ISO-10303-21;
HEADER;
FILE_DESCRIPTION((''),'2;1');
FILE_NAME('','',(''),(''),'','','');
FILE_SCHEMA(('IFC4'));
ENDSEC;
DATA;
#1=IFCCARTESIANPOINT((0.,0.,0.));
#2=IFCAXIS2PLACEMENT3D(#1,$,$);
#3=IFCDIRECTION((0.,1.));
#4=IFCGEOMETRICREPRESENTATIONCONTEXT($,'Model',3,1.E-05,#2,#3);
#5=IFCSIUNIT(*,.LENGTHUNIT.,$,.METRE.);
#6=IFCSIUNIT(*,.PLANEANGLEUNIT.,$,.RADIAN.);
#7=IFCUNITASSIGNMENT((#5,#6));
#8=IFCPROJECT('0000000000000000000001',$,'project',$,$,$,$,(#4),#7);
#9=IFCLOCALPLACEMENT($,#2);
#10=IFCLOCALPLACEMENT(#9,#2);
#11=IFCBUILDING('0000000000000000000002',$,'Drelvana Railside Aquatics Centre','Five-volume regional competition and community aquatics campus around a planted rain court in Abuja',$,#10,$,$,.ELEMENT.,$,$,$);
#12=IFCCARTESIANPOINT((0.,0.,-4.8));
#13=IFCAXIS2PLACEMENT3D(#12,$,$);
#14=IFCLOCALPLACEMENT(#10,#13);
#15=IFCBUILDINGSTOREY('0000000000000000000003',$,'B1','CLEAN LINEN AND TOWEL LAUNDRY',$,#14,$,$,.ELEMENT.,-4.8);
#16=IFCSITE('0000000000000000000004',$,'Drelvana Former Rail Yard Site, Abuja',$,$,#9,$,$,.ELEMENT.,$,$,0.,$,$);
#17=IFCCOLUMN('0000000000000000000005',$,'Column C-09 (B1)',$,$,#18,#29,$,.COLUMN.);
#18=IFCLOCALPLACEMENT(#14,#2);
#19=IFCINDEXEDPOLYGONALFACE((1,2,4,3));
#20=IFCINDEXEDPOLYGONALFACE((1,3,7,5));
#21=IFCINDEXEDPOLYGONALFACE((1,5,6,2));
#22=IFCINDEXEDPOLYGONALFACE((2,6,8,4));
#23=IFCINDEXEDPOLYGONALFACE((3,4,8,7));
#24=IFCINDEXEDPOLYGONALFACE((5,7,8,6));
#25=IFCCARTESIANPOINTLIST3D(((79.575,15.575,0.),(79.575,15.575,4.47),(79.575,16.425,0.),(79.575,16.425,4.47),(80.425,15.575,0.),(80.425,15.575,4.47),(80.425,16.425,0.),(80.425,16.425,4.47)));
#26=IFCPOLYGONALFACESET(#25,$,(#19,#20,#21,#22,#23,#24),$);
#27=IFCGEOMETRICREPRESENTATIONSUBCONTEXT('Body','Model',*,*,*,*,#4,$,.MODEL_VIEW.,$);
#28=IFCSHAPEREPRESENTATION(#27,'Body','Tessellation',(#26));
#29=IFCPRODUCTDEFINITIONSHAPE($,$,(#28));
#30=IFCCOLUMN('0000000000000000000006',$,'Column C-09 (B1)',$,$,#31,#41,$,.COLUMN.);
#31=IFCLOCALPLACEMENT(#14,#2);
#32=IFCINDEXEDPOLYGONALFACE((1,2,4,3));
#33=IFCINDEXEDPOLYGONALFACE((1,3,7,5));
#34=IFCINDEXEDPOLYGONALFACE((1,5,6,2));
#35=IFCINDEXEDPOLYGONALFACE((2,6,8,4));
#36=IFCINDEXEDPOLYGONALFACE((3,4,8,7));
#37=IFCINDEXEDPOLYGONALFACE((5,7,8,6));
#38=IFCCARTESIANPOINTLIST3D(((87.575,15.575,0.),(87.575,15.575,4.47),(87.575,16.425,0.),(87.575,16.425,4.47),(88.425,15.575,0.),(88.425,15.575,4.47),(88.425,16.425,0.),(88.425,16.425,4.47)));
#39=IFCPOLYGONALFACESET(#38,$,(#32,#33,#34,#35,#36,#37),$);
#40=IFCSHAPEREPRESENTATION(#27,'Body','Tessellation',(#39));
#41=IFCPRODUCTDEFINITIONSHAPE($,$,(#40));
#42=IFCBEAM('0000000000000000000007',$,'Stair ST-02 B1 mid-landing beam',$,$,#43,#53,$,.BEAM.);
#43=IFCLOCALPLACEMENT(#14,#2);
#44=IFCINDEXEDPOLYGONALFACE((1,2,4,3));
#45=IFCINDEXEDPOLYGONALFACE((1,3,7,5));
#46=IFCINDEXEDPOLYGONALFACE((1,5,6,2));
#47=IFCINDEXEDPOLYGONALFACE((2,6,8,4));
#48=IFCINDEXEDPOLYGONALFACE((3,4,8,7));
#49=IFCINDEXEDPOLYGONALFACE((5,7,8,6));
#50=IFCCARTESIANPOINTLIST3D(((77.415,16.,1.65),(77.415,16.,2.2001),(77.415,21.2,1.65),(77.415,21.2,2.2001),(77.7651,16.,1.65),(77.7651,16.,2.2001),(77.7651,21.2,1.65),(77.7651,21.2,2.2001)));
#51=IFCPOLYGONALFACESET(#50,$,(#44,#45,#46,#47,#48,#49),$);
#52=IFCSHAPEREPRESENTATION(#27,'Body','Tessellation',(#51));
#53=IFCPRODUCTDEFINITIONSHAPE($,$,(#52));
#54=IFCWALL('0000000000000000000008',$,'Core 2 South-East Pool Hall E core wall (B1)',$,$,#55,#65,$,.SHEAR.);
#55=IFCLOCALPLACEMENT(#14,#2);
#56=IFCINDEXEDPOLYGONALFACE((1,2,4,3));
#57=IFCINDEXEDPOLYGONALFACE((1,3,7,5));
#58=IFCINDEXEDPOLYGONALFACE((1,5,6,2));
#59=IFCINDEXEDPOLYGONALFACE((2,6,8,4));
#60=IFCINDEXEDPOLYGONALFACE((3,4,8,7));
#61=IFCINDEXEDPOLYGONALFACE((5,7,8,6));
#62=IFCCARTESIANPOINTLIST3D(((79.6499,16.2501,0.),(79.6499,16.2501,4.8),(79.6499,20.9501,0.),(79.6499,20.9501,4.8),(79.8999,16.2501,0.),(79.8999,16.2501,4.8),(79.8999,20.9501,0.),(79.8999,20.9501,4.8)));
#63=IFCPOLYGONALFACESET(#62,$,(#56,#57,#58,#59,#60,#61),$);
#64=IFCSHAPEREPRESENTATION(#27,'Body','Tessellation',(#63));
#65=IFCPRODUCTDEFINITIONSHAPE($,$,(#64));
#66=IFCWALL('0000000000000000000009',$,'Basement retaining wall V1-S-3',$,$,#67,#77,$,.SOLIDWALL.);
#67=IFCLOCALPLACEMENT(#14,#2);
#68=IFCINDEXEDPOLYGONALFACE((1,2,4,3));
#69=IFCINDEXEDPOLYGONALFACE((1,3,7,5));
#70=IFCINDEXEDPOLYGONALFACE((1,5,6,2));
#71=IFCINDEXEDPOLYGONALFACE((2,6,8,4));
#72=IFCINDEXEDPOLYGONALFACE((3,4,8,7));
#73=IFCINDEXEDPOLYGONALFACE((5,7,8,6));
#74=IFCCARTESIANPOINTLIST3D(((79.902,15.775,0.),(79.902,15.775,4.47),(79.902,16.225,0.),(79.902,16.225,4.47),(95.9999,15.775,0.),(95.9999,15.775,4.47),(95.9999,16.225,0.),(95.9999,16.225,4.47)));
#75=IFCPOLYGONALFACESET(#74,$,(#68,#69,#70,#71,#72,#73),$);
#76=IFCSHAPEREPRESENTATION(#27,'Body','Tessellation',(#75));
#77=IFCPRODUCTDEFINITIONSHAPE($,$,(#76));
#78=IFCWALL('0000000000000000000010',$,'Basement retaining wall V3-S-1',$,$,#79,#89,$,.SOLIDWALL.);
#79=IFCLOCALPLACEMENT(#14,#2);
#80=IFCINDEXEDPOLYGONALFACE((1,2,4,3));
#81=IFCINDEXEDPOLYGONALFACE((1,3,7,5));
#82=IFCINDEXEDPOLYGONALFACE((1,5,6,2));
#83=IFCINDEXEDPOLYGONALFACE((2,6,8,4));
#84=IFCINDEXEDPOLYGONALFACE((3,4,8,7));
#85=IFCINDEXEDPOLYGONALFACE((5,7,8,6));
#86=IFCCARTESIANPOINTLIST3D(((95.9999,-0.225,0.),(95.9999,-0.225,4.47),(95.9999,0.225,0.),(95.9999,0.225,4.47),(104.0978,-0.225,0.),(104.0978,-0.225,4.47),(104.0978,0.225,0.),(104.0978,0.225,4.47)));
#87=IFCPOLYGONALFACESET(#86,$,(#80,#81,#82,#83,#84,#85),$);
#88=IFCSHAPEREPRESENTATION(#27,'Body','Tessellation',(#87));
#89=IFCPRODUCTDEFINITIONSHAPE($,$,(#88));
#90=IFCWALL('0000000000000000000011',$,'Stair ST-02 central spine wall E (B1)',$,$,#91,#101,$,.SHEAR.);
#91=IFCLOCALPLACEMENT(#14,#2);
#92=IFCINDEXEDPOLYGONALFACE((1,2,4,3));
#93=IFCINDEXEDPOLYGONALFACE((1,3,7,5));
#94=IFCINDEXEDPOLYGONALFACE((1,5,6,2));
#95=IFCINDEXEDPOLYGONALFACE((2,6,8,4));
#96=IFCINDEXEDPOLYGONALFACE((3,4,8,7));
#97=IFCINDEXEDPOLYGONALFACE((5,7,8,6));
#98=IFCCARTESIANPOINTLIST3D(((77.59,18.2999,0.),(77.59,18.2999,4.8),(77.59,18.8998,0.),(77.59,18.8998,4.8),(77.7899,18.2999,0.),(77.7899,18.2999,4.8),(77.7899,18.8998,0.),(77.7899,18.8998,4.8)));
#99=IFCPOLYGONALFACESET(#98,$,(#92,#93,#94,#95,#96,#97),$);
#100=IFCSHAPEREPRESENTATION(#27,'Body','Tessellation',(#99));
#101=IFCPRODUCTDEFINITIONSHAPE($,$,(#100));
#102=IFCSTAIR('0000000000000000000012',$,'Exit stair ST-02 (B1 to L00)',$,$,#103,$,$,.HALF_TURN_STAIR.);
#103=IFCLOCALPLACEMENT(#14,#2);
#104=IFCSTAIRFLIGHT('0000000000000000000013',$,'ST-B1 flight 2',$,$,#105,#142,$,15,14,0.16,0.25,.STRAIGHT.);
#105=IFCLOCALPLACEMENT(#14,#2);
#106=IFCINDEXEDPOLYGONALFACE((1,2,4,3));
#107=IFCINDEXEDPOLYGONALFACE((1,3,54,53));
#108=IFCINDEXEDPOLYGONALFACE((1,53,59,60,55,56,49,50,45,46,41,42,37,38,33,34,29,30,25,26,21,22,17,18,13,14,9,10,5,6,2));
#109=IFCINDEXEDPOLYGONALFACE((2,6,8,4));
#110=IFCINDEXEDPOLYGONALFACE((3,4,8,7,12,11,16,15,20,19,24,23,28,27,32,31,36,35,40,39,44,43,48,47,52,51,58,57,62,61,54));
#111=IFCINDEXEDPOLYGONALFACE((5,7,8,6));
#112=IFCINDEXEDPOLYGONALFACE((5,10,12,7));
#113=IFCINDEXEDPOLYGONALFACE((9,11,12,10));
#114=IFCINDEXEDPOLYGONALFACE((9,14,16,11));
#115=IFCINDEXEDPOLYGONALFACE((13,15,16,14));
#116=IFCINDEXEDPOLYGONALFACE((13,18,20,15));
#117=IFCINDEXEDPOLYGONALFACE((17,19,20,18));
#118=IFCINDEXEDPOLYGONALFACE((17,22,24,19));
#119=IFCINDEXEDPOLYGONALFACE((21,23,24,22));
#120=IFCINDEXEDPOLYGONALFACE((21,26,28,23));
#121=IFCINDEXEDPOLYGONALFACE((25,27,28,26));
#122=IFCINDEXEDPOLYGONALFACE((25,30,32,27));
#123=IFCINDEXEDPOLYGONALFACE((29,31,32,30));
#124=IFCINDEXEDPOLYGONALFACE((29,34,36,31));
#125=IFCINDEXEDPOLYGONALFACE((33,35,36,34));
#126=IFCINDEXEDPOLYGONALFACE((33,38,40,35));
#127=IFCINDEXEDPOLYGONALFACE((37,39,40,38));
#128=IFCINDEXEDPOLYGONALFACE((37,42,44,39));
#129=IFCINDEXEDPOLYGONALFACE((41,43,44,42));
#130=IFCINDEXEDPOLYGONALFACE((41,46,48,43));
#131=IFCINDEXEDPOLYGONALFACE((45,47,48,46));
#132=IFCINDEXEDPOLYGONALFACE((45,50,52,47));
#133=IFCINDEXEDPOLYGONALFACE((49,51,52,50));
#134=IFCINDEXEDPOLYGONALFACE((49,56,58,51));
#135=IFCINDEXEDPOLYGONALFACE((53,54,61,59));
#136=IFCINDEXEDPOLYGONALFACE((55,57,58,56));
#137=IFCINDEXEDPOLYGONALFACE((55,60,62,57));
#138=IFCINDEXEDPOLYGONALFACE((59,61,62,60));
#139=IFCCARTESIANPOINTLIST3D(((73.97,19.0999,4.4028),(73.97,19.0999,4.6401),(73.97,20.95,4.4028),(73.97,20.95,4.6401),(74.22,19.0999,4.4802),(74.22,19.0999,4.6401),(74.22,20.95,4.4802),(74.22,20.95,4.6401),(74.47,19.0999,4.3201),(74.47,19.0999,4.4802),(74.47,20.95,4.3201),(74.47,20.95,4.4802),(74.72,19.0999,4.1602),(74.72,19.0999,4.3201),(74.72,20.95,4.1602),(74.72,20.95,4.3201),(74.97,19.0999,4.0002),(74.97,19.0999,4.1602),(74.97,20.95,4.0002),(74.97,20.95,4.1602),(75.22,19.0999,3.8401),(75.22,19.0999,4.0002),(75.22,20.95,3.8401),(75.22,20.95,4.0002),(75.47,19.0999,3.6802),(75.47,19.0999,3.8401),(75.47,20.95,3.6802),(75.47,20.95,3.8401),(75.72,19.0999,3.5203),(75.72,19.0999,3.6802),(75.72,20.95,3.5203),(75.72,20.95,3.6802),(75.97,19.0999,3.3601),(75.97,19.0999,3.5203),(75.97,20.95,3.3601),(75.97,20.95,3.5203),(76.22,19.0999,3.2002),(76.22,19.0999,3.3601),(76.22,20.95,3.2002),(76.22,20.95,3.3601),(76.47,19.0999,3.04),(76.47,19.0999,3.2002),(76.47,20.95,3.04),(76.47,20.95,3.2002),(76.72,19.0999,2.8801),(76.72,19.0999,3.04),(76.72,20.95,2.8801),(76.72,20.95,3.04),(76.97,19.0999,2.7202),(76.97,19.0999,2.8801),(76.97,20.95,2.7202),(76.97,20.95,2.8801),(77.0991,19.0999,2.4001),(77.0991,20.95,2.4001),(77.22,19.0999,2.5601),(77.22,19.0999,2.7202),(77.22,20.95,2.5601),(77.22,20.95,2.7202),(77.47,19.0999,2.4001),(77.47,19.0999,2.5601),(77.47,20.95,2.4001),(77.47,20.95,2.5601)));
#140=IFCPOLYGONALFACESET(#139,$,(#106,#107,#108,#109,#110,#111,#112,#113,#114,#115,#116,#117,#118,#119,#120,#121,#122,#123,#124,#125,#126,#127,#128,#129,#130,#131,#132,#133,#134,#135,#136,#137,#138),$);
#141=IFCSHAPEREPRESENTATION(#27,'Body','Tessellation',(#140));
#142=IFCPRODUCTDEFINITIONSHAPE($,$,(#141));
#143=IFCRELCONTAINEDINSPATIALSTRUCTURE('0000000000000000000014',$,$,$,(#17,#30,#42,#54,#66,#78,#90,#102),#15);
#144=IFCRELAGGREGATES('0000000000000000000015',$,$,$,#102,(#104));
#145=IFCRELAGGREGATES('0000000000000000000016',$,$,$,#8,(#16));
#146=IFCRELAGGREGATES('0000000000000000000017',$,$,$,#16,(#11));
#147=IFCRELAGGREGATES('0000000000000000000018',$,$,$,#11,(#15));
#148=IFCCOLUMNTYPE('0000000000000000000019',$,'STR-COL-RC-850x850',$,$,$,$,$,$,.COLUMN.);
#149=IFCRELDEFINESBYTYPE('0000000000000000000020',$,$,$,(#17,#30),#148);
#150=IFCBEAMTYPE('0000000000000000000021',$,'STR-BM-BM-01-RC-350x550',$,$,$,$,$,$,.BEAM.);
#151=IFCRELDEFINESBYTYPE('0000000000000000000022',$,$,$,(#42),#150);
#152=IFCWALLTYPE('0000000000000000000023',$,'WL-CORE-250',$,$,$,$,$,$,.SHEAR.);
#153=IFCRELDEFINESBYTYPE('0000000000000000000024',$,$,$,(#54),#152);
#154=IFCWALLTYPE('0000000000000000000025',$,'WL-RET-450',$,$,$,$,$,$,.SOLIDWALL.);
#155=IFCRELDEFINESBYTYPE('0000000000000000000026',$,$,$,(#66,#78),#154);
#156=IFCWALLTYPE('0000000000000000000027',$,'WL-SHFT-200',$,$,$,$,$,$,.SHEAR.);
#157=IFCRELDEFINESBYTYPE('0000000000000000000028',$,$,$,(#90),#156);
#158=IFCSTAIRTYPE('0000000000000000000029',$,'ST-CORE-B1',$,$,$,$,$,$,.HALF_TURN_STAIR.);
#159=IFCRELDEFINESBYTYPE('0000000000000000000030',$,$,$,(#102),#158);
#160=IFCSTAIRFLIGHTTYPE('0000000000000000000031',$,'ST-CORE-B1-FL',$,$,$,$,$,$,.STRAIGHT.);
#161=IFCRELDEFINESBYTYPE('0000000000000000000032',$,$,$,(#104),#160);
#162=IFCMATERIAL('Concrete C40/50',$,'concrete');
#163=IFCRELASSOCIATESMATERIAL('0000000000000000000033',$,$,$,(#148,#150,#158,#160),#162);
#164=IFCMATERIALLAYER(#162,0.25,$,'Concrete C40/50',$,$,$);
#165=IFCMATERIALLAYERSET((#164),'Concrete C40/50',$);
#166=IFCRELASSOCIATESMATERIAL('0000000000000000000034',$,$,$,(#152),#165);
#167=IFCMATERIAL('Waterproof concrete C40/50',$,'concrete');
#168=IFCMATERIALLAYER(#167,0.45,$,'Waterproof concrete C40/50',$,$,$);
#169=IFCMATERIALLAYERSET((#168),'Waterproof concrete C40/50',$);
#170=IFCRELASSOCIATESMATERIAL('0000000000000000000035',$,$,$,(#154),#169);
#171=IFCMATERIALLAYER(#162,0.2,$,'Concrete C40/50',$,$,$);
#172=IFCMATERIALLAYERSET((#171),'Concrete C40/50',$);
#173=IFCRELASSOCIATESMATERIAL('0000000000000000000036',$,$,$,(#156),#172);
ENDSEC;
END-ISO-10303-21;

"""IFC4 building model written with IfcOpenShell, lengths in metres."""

from ifc_helpers import new_model, si_unit, direction, frame, frame_2d, origin, origin_2d, place, context, subcontext, project, spatial, polyline, rectangle, outline, extrude, material, layer, layer_set, material_profile, profile_set, type_object, element, aggregate, save


model = new_model("IFC4")

# Units and contexts
model_context = context("Model", 3, precision=1e-05, world=origin(), true_north=direction((0.0, 1.0)))
body_context = subcontext(model_context, "Body", "Model", "MODEL_VIEW")
ifc_project = project(units=[si_unit("LENGTHUNIT", "METRE"), si_unit("PLANEANGLEUNIT", "RADIAN")], contexts=[model_context])

# Site, building, storey
site_placement = place(None, origin())
site = spatial("IfcSite", under=ifc_project, at=site_placement, Name="Drelvana Former Rail Yard Site, Abuja", CompositionType="ELEMENT", RefElevation=0.0)
building_placement = place(site_placement, origin())
building = spatial("IfcBuilding", under=site, at=building_placement, Name="Drelvana Railside Aquatics Centre", Description="Five-volume regional competition and community aquatics campus around a planted rain court in Abuja", CompositionType="ELEMENT")
storey_placement = place(building_placement, frame((0.0, 0.0, -4.8)))
storey = spatial("IfcBuildingStorey", under=building, at=storey_placement, Name="B1", Description="CLEAN LINEN AND TOWEL LAUNDRY", CompositionType="ELEMENT", Elevation=-4.8)

# Columns
ifc_material_1 = material(Name="Concrete C40/50", Category="concrete")
ifc_material_profile_1 = material_profile(ifc_material_1, rectangle(XDim=0.8501, YDim=0.8501, at=origin_2d()), Name="RC 850x850")
ifc_profile_set_1 = profile_set([ifc_material_profile_1], Name="Concrete C40/50")
column_type_1 = type_object("IfcColumnType", Name="STR-COL-RC-850x850", PredefinedType="COLUMN", material=ifc_profile_set_1)
for number, where, z_axis, x_axis, name in (
    (1, (80.0, 16.0, 0.0), (0.0, 0.0, 1.0), (1.0, 0.0, 0.0), "Column C-09 (B1)"),
    (2, (88.0, 16.0, 0.0), (0.0, 0.0, 1.0), (1.0, 0.0, 0.0), "Column C-09 (B1)"),
):
    element("IfcColumn", number, at=place(storey_placement, frame(where, z_axis=z_axis, x_axis=x_axis)), inside=storey, type_object=column_type_1, Name=name, PredefinedType="COLUMN", context=body_context, shape_type="SweptSolid", body=[
        extrude(rectangle(XDim=0.8501, YDim=0.8501, at=origin_2d()), origin(), (0.0, 0.0, 1.0), 4.47),
    ])

# Beam
ifc_material_profile_2 = material_profile(ifc_material_1, rectangle(XDim=0.3501, YDim=0.55, at=origin_2d()), Name="RC 350x550")
ifc_profile_set_2 = profile_set([ifc_material_profile_2], Name="Concrete C40/50")
beam_type = type_object("IfcBeamType", Name="STR-BM-BM-01-RC-350x550", PredefinedType="BEAM", material=ifc_profile_set_2)
beam_placement = place(storey_placement, frame((77.5901, 16.0, 1.925), z_axis=(0.0, 1.0, 0.0), x_axis=(-1.0, 0.0, 0.0)))
element("IfcBeam", 3, at=beam_placement, inside=storey, type_object=beam_type, Name="Stair ST-02 B1 mid-landing beam", PredefinedType="BEAM", context=body_context, shape_type="SweptSolid", body=[
    extrude(rectangle(XDim=0.3501, YDim=0.55, at=origin_2d()), origin(), (0.0, 0.0, 1.0), 5.2),
])

# Walls
ifc_layer_1 = layer(ifc_material_1, 0.25, Name="Concrete C40/50")
ifc_layer_set_1 = layer_set([ifc_layer_1], Name="Concrete C40/50")
wall_type_1 = type_object("IfcWallType", Name="WL-CORE-250", PredefinedType="SHEAR", material=ifc_layer_set_1)
wall_1_placement = place(storey_placement, frame((79.7749, 16.25, 0.0), z_axis=(0.0, 0.0, 1.0), x_axis=(0.0, 1.0, 0.0)))
element("IfcWall", 4, at=wall_1_placement, inside=storey, type_object=wall_type_1, Name="Core 2 South-East Pool Hall E core wall (B1)", PredefinedType="SHEAR", context=body_context, shape_type="SweptSolid", body=[
    extrude(rectangle(XDim=4.7, YDim=0.25, at=frame_2d((2.3501, 0.0))), origin(), (0.0, 0.0, 1.0), 4.8),
])
ifc_material_2 = material(Name="Waterproof concrete C40/50", Category="concrete")
ifc_layer_2 = layer(ifc_material_2, 0.45, Name="Waterproof concrete C40/50")
ifc_layer_set_2 = layer_set([ifc_layer_2], Name="Waterproof concrete C40/50")
wall_type_2 = type_object("IfcWallType", Name="WL-RET-450", PredefinedType="SOLIDWALL", material=ifc_layer_set_2)
wall_2_placement = place(storey_placement, frame((79.9021, 16.0, 0.0), z_axis=(0.0, 0.0, 1.0), x_axis=(1.0, 0.0, 0.0)))
element("IfcWall", 5, at=wall_2_placement, inside=storey, type_object=wall_type_2, Name="Basement retaining wall V1-S-3", PredefinedType="SOLIDWALL", context=body_context, shape_type="SweptSolid", body=[
    extrude(rectangle(XDim=16.0979, YDim=0.45, at=frame_2d((8.0488, 0.0))), origin(), (0.0, 0.0, 1.0), 4.47),
])
wall_3_placement = place(storey_placement, frame((96.0, 0.0, 0.0), z_axis=(0.0, 0.0, 1.0), x_axis=(1.0, 0.0, 0.0)))
element("IfcWall", 6, at=wall_3_placement, inside=storey, type_object=wall_type_2, Name="Basement retaining wall V3-S-1", PredefinedType="SOLIDWALL", context=body_context, shape_type="SweptSolid", body=[
    extrude(rectangle(XDim=8.0979, YDim=0.45, at=frame_2d((4.0488, 0.0))), origin(), (0.0, 0.0, 1.0), 4.47),
])
ifc_layer_3 = layer(ifc_material_1, 0.2, Name="Concrete C40/50")
ifc_layer_set_3 = layer_set([ifc_layer_3], Name="Concrete C40/50")
wall_type_3 = type_object("IfcWallType", Name="WL-SHFT-200", PredefinedType="SHEAR", material=ifc_layer_set_3)
wall_4_placement = place(storey_placement, frame((77.6899, 18.3, 0.0), z_axis=(0.0, 0.0, 1.0), x_axis=(0.0, 1.0, 0.0)))
element("IfcWall", 7, at=wall_4_placement, inside=storey, type_object=wall_type_3, Name="Stair ST-02 central spine wall E (B1)", PredefinedType="SHEAR", context=body_context, shape_type="SweptSolid", body=[
    extrude(rectangle(XDim=0.5999, YDim=0.2, at=frame_2d((0.2998, 0.0))), origin(), (0.0, 0.0, 1.0), 4.8),
])

# Stair, stair flight
stair_type = type_object("IfcStairType", Name="ST-CORE-B1", PredefinedType="HALF_TURN_STAIR", material=ifc_material_1)
stair_placement = place(storey_placement, origin())
stair = element("IfcStair", 8, at=stair_placement, inside=storey, type_object=stair_type, Name="Exit stair ST-02 (B1 to L00)", PredefinedType="HALF_TURN_STAIR")
stair_flight_type = type_object("IfcStairFlightType", Name="ST-CORE-B1-FL", PredefinedType="STRAIGHT", material=ifc_material_1)
stair_flight_placement = place(storey_placement, frame((77.47, 20.0249, 2.4001), z_axis=(0.0, 0.0, 1.0), x_axis=(-1.0, 0.0, 0.0)))
stair_flight = element("IfcStairFlight", 9, at=stair_flight_placement, type_object=stair_flight_type, Name="ST-B1 flight 2", NumberOfRisers=15, NumberOfTreads=14, PredefinedType="STRAIGHT", RiserHeight=0.16, TreadLength=0.25, context=body_context, shape_type="SweptSolid", body=[
    extrude(outline(polyline([(0.0, 0.0), (0.0, 0.1599), (0.25, 0.1599), (0.25, 0.3201), (0.5, 0.3201), (0.5, 0.48), (0.75, 0.48), (0.75, 0.6399), (1.0, 0.6399), (1.0, 0.8), (1.25, 0.8), (1.25, 0.96), (1.5, 0.96), (1.5, 1.1201), (1.75, 1.1201), (1.75, 1.28), (2.0, 1.28), (2.0, 1.4399), (2.25, 1.4399), (2.25, 1.6001), (2.5, 1.6001), (2.5, 1.76), (2.75, 1.76), (2.75, 1.9199), (3.0, 1.9199), (3.0, 2.0801), (3.25, 2.0801), (3.25, 2.24), (3.5, 2.24), (3.5, 2.3999), (3.5, 2.0027), (0.3708, 0.0), (0.0, 0.0)])), frame((0.0, 0.925, 0.0), z_axis=(0.0, -1.0, 0.0), x_axis=(1.0, 0.0, 0.0)), (0.0, 0.0, 1.0), 1.8501),
])
aggregate(stair, [stair_flight])

save(model, "model.ifc")
